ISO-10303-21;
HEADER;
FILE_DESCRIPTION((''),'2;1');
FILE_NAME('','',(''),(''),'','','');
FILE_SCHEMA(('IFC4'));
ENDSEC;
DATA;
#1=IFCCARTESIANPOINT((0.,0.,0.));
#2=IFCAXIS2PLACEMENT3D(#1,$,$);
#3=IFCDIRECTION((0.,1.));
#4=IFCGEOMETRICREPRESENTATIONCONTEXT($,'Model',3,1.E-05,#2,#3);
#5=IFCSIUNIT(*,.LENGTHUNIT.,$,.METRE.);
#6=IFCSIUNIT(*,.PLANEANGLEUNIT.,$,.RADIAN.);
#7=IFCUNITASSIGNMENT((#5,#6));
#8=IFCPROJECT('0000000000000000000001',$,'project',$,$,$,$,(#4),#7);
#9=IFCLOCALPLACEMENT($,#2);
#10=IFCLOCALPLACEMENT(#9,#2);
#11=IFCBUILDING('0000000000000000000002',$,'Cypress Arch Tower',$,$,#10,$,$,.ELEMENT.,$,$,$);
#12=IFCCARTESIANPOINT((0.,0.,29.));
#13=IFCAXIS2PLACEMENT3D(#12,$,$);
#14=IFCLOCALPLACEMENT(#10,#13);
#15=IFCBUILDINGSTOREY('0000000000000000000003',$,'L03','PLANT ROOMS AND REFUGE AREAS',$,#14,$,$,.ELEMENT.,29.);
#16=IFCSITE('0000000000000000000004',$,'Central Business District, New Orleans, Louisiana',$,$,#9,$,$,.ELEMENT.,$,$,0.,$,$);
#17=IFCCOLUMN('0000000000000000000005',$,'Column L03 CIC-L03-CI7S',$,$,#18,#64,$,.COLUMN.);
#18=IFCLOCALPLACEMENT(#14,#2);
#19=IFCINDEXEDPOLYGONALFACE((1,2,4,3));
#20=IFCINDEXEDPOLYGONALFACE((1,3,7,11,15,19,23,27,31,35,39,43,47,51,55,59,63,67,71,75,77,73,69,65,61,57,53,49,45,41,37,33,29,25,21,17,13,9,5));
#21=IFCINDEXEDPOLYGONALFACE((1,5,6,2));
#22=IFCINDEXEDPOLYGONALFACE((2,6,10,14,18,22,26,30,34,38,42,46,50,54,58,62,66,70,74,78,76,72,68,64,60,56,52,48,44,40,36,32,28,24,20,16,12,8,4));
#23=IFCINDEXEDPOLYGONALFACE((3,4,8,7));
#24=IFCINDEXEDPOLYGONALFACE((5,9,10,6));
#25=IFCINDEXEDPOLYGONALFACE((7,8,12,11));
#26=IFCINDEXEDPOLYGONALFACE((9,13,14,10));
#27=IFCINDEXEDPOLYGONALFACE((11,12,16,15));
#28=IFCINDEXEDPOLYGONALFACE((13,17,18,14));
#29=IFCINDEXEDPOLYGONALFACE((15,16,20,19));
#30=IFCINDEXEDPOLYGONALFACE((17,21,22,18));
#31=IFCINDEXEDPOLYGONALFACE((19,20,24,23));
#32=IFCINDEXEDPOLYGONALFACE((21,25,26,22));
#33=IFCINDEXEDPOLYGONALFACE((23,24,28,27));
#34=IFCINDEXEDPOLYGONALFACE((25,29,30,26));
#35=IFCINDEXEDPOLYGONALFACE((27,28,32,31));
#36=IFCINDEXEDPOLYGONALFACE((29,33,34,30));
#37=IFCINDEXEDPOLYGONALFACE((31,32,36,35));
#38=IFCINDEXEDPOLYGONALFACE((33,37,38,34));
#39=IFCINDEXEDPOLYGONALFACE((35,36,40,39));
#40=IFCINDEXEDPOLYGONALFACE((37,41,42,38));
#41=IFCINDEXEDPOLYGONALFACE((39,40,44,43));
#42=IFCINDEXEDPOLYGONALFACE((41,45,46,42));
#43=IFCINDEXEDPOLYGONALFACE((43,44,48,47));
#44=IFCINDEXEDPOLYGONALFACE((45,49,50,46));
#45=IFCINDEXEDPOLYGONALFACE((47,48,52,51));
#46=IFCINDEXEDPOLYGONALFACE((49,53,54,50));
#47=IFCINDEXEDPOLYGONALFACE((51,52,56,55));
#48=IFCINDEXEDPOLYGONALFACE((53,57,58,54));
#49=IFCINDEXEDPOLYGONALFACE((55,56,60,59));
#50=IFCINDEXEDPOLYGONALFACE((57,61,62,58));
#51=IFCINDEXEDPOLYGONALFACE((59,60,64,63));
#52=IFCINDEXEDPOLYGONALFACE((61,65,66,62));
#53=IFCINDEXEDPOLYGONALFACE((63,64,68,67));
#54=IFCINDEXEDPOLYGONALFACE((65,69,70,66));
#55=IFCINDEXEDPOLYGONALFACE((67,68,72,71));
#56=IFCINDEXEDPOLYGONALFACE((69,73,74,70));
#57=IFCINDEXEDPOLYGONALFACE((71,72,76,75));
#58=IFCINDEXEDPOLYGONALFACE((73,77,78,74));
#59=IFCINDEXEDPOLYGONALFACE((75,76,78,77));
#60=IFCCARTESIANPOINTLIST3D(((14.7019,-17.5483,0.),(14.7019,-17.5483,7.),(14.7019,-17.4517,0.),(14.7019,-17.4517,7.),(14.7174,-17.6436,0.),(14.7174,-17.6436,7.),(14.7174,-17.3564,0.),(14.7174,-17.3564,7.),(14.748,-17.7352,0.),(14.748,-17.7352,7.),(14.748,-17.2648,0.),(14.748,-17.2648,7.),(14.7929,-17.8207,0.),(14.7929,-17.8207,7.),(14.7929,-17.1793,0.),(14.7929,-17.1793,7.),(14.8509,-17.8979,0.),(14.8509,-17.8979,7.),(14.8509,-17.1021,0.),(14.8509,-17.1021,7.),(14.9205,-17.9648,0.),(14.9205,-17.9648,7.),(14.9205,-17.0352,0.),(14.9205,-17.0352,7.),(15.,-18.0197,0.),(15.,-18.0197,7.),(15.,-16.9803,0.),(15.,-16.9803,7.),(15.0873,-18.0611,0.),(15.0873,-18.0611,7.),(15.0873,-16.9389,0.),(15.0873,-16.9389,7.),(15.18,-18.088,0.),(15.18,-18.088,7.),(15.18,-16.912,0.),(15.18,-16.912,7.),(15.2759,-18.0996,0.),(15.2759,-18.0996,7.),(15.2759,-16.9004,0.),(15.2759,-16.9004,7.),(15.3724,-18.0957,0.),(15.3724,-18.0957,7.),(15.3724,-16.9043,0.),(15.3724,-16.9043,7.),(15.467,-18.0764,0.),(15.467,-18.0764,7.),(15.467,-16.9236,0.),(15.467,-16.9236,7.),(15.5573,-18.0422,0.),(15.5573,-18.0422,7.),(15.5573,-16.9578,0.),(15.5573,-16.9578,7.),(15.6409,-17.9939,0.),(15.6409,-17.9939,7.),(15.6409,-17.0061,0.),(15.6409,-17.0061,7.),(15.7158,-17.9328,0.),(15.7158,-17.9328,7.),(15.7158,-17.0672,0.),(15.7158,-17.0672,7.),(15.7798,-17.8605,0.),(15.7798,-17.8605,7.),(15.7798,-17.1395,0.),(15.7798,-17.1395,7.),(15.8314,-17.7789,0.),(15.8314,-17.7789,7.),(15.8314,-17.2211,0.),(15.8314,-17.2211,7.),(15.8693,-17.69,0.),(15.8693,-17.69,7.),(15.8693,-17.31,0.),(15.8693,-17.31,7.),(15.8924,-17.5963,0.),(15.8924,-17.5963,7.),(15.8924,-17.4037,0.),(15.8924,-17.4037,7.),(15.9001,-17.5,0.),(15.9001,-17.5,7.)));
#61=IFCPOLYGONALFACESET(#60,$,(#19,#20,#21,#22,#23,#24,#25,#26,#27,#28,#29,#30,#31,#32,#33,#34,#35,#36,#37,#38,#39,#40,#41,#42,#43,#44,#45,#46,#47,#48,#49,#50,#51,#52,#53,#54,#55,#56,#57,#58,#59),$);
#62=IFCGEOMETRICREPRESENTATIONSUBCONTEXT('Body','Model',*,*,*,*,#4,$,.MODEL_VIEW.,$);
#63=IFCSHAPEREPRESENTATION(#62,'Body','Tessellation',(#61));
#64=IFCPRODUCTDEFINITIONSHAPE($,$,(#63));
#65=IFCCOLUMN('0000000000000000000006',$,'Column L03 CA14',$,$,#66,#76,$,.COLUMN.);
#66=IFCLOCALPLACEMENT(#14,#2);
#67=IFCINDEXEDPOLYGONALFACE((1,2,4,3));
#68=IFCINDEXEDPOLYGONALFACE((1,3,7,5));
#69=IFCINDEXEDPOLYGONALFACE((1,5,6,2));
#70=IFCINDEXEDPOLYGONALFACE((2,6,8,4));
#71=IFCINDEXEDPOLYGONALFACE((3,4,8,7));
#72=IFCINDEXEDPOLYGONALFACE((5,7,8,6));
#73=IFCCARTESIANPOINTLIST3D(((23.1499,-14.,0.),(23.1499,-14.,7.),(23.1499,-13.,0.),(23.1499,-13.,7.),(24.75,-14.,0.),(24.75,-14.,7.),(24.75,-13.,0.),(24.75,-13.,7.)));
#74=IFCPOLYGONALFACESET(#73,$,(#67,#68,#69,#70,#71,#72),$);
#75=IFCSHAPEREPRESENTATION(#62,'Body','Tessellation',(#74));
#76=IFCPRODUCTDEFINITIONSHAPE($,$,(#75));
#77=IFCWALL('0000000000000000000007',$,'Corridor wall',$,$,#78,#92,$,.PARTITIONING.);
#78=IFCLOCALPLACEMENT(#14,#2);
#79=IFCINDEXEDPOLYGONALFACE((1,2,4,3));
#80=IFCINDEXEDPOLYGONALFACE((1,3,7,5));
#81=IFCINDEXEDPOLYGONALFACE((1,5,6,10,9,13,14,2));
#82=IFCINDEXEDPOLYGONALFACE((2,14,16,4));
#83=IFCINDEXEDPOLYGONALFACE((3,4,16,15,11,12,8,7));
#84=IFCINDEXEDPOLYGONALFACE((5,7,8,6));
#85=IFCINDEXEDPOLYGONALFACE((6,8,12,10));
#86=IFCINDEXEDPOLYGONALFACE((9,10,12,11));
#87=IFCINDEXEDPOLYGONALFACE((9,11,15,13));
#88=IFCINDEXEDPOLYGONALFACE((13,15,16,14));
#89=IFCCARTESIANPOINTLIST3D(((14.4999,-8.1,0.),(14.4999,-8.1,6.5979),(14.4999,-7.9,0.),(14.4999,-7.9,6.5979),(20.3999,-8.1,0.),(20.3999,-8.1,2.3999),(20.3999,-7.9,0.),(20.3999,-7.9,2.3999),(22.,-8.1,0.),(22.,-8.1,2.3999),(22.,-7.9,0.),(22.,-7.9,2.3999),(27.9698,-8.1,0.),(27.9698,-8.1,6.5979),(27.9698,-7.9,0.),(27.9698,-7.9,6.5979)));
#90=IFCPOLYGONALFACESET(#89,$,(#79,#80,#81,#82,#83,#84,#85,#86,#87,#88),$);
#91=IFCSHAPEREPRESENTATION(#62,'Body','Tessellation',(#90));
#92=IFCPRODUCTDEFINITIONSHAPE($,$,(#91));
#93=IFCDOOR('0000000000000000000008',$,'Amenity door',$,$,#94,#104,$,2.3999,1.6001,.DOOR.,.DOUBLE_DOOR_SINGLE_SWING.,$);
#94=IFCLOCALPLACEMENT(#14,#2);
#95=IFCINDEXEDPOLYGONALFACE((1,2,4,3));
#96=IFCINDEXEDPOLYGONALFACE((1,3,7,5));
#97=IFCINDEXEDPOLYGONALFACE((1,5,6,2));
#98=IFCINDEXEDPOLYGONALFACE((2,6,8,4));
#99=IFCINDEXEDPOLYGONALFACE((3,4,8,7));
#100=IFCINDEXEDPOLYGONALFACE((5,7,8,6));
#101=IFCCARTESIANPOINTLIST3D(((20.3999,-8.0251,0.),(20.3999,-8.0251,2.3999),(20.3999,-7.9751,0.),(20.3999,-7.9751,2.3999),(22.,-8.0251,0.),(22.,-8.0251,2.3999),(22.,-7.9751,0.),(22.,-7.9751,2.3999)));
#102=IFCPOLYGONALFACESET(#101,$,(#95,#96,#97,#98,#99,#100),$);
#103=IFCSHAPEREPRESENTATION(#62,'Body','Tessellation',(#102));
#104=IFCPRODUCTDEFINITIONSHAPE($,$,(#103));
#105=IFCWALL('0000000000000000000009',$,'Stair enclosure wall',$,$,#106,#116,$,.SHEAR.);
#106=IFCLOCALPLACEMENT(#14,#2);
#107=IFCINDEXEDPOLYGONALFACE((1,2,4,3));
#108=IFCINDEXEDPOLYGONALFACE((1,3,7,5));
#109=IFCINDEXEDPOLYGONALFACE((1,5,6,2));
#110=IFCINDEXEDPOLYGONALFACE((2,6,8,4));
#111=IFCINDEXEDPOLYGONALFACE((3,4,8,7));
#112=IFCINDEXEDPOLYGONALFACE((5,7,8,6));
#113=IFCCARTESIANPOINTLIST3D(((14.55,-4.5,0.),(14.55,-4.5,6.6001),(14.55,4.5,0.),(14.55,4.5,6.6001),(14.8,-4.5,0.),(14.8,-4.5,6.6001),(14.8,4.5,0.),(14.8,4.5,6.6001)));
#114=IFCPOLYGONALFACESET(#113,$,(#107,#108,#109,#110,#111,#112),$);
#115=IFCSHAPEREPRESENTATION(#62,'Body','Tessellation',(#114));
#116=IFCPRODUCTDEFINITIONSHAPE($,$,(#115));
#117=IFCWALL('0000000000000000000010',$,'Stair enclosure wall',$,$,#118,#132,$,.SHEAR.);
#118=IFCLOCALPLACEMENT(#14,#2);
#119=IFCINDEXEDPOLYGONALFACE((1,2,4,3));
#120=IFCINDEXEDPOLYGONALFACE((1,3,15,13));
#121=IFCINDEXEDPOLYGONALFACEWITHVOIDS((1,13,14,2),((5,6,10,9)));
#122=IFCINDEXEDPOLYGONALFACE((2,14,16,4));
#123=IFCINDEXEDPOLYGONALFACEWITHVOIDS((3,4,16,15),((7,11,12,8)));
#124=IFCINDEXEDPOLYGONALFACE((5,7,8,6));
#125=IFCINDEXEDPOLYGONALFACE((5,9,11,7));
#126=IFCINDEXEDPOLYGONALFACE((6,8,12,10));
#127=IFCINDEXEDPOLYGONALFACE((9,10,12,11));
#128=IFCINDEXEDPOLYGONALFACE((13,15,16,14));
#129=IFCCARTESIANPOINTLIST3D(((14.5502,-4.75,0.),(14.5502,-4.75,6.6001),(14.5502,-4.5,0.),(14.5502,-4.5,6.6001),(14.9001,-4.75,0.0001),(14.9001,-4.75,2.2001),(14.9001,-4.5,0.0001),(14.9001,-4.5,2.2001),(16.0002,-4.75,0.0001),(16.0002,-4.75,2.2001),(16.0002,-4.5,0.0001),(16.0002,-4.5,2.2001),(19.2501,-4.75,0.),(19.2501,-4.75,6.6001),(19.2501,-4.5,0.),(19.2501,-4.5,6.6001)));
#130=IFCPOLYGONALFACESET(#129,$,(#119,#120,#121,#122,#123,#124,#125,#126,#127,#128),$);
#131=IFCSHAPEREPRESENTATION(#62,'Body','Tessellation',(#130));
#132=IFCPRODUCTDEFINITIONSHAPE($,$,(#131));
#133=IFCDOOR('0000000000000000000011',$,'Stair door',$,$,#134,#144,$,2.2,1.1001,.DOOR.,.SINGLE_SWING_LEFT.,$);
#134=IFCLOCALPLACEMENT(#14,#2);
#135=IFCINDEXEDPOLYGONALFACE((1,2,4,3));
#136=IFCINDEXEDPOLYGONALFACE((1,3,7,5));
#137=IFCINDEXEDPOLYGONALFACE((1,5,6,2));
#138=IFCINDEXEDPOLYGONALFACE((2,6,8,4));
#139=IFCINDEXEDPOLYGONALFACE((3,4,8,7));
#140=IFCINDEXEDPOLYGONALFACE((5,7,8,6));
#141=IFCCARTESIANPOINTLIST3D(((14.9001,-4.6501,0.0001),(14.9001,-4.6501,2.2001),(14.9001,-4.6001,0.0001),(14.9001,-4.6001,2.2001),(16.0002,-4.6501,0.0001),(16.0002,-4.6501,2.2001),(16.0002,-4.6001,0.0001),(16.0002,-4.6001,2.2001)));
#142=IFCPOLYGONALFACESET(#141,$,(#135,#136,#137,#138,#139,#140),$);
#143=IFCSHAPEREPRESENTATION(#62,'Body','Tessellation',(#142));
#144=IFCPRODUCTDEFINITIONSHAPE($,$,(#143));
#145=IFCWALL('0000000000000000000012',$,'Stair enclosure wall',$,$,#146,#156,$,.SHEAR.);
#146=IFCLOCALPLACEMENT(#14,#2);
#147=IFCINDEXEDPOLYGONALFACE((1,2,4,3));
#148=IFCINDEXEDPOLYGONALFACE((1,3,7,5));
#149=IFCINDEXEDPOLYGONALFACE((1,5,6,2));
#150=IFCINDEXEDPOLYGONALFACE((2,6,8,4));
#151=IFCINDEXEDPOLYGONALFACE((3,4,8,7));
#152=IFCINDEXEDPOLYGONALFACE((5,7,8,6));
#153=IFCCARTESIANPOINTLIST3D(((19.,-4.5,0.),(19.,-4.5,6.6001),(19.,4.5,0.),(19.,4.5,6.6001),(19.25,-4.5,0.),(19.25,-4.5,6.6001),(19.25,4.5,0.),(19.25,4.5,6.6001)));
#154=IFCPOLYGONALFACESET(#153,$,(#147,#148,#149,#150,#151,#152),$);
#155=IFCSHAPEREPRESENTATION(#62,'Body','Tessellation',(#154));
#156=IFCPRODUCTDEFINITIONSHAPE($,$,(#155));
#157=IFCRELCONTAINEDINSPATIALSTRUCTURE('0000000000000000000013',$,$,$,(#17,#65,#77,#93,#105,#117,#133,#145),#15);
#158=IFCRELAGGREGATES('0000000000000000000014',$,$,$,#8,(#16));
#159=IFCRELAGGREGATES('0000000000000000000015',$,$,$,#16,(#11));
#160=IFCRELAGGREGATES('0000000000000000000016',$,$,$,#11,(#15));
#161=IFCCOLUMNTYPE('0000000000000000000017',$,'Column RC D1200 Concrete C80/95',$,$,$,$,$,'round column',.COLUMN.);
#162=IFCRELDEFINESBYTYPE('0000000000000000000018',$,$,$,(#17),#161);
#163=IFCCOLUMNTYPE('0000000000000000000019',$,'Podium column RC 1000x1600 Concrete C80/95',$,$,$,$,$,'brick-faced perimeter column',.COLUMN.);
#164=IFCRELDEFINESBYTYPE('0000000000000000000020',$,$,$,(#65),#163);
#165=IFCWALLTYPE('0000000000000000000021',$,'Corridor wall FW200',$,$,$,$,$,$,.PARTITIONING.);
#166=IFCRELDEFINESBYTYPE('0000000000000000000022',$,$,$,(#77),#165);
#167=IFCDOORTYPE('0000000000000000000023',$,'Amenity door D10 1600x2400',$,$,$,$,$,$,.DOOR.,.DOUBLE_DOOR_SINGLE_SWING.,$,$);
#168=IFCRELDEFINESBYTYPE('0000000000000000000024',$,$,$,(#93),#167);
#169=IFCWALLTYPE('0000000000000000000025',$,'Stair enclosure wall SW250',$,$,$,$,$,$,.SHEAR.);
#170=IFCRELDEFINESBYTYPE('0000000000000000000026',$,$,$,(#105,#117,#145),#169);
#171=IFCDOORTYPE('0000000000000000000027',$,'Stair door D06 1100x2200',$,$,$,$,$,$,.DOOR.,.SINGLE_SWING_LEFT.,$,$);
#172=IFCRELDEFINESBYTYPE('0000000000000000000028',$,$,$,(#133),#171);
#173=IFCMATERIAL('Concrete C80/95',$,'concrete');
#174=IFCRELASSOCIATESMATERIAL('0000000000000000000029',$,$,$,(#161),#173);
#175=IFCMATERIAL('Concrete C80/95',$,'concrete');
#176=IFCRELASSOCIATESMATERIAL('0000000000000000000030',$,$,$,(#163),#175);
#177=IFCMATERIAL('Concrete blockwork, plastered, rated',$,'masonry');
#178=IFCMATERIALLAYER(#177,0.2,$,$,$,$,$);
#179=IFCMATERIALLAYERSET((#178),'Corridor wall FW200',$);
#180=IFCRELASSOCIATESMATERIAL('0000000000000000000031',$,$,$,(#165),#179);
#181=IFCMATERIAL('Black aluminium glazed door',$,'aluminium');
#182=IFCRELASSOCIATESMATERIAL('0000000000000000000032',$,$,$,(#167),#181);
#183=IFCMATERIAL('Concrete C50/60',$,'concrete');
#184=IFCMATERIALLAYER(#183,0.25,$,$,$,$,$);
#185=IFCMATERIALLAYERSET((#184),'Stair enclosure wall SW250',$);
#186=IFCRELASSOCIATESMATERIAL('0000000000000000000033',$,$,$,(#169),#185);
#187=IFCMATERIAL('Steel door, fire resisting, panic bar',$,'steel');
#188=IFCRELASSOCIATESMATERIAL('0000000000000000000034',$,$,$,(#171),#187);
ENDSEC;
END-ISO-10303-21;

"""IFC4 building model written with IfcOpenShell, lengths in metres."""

from ifc_helpers import new_model, si_unit, direction, frame, frame_2d, origin, origin_2d, place, context, subcontext, project, spatial, rectangle, circle, extrude, material, layer, layer_set, material_profile, profile_set, type_object, element, fill, save


model = new_model("IFC4")

# Units and contexts
model_context = context("Model", 3, precision=1e-05, world=origin(), true_north=direction((0.0, 1.0)))
body_context = subcontext(model_context, "Body", "Model", "MODEL_VIEW")
ifc_project = project(units=[si_unit("LENGTHUNIT", "METRE"), si_unit("PLANEANGLEUNIT", "RADIAN")], contexts=[model_context])

# Site, building, storey
site_placement = place(None, origin())
site = spatial("IfcSite", under=ifc_project, at=site_placement, Name="Central Business District, New Orleans, Louisiana", CompositionType="ELEMENT", RefElevation=0.0)
building_placement = place(site_placement, origin())
building = spatial("IfcBuilding", under=site, at=building_placement, Name="Cypress Arch Tower", CompositionType="ELEMENT")
storey_placement = place(building_placement, frame((0.0, 0.0, 29.0)))
storey = spatial("IfcBuildingStorey", under=building, at=storey_placement, Name="L03", Description="PLANT ROOMS AND REFUGE AREAS", CompositionType="ELEMENT", Elevation=29.0)

# Columns
ifc_material_1 = material(Name="Concrete C80/95", Category="concrete")
ifc_material_profile_1 = material_profile(ifc_material_1, circle(Radius=0.6001, at=origin_2d()), Name="RC D1200")
ifc_profile_set_1 = profile_set([ifc_material_profile_1], Name="Concrete C80/95")
column_type_1 = type_object("IfcColumnType", Name="Column RC D1200 Concrete C80/95", ElementType="round column", PredefinedType="COLUMN", material=ifc_profile_set_1)
column_1_placement = place(storey_placement, frame((15.3, -17.5, 0.0), z_axis=(0.0, 0.0, 1.0), x_axis=(1.0, 0.0, 0.0)))
element("IfcColumn", 1, at=column_1_placement, inside=storey, type_object=column_type_1, Name="Column L03 CIC-L03-CI7S", PredefinedType="COLUMN", context=body_context, shape_type="SweptSolid", body=[
    extrude(circle(Radius=0.6001, at=origin_2d()), origin(), (0.0, 0.0, 1.0), 7.0),
])
ifc_material_2 = material(Name="Concrete C80/95", Category="concrete")
ifc_material_profile_2 = material_profile(ifc_material_2, rectangle(XDim=1.0, YDim=1.6001, at=origin_2d()), Name="RC 1000x1600")
ifc_profile_set_2 = profile_set([ifc_material_profile_2], Name="Concrete C80/95")
column_type_2 = type_object("IfcColumnType", Name="Podium column RC 1000x1600 Concrete C80/95", ElementType="brick-faced perimeter column", PredefinedType="COLUMN", material=ifc_profile_set_2)
column_2_placement = place(storey_placement, frame((23.95, -13.5, 0.0), z_axis=(0.0, 0.0, 1.0), x_axis=(0.0, 1.0, 0.0)))
element("IfcColumn", 2, at=column_2_placement, inside=storey, type_object=column_type_2, Name="Column L03 CA14", PredefinedType="COLUMN", context=body_context, shape_type="SweptSolid", body=[
    extrude(rectangle(XDim=1.0, YDim=1.6001, at=origin_2d()), origin(), (0.0, 0.0, 1.0), 7.0),
])

# Wall, opening, door
ifc_material_3 = material(Name="Concrete blockwork, plastered, rated", Category="masonry")
ifc_layer_1 = layer(ifc_material_3, 0.2)
ifc_layer_set_1 = layer_set([ifc_layer_1], Name="Corridor wall FW200")
wall_type_1 = type_object("IfcWallType", Name="Corridor wall FW200", PredefinedType="PARTITIONING", material=ifc_layer_set_1)
wall_1_placement = place(storey_placement, frame((14.5, -8.0, 0.0), z_axis=(0.0, 0.0, 1.0), x_axis=(1.0, 0.0, 0.0)))
wall_1 = element("IfcWall", 3, at=wall_1_placement, inside=storey, type_object=wall_type_1, Name="Corridor wall", PredefinedType="PARTITIONING", context=body_context, shape_type="SweptSolid", body=[
    extrude(rectangle(XDim=13.47, YDim=0.2, at=frame_2d((6.7349, 0.0))), origin(), (0.0, 0.0, 1.0), 6.5979),
])
opening_1_placement = place(wall_1_placement, frame((5.8999, 0.0, 0.0)))
opening_1 = element("IfcOpeningElement", 4, at=opening_1_placement, cuts=wall_1, PredefinedType="OPENING", context=body_context, shape_type="SweptSolid", body=[
    extrude(rectangle(XDim=1.6001, YDim=2.3999, at=frame_2d((0.8, 1.2))), frame((0.0, 0.1099, 0.0), z_axis=(0.0, -1.0, 0.0), x_axis=(1.0, 0.0, 0.0)), (0.0, 0.0, 1.0), 0.22),
])
ifc_material_4 = material(Name="Black aluminium glazed door", Category="aluminium")
door_type_1 = type_object("IfcDoorType", Name="Amenity door D10 1600x2400", OperationType="DOUBLE_DOOR_SINGLE_SWING", PredefinedType="DOOR", material=ifc_material_4)
door_1_placement = place(opening_1_placement, origin())
door_1 = element("IfcDoor", 5, at=door_1_placement, inside=storey, type_object=door_type_1, Name="Amenity door", OperationType="DOUBLE_DOOR_SINGLE_SWING", OverallHeight=2.3999, OverallWidth=1.6001, PredefinedType="DOOR", context=body_context, shape_type="SweptSolid", body=[
    extrude(rectangle(XDim=1.6001, YDim=2.3999, at=frame_2d((0.8, 1.2))), frame((0.0, 0.0249, 0.0), z_axis=(0.0, -1.0, 0.0), x_axis=(1.0, 0.0, 0.0)), (0.0, 0.0, 1.0), 0.05),
])
fill(opening_1, door_1)

# Wall
ifc_material_5 = material(Name="Concrete C50/60", Category="concrete")
ifc_layer_2 = layer(ifc_material_5, 0.25)
ifc_layer_set_2 = layer_set([ifc_layer_2], Name="Stair enclosure wall SW250")
wall_type_2 = type_object("IfcWallType", Name="Stair enclosure wall SW250", PredefinedType="SHEAR", material=ifc_layer_set_2)
wall_2_placement = place(storey_placement, frame((14.675, -4.5, 0.0), z_axis=(0.0, 0.0, 1.0), x_axis=(0.0, 1.0, 0.0)))
element("IfcWall", 6, at=wall_2_placement, inside=storey, type_object=wall_type_2, Name="Stair enclosure wall", PredefinedType="SHEAR", context=body_context, shape_type="SweptSolid", body=[
    extrude(rectangle(XDim=9.0, YDim=0.25, at=frame_2d((4.5, 0.0))), origin(), (0.0, 0.0, 1.0), 6.6001),
])

# Wall, opening, door
wall_3_placement = place(storey_placement, frame((14.55, -4.625, 0.0), z_axis=(0.0, 0.0, 1.0), x_axis=(1.0, 0.0, 0.0)))
wall_3 = element("IfcWall", 7, at=wall_3_placement, inside=storey, type_object=wall_type_2, Name="Stair enclosure wall", PredefinedType="SHEAR", context=body_context, shape_type="SweptSolid", body=[
    extrude(rectangle(XDim=4.7, YDim=0.25, at=frame_2d((2.3501, 0.0))), origin(), (0.0, 0.0, 1.0), 6.6001),
])
opening_2_placement = place(wall_3_placement, frame((0.3501, 0.0, 0.0)))
opening_2 = element("IfcOpeningElement", 8, at=opening_2_placement, cuts=wall_3, PredefinedType="OPENING", context=body_context, shape_type="SweptSolid", body=[
    extrude(rectangle(XDim=1.1001, YDim=2.2, at=frame_2d((0.55, 1.1001))), frame((0.0, 0.135, 0.0), z_axis=(0.0, -1.0, 0.0), x_axis=(1.0, 0.0, 0.0)), (0.0, 0.0, 1.0), 0.27),
])
ifc_material_6 = material(Name="Steel door, fire resisting, panic bar", Category="steel")
door_type_2 = type_object("IfcDoorType", Name="Stair door D06 1100x2200", OperationType="SINGLE_SWING_LEFT", PredefinedType="DOOR", material=ifc_material_6)
door_2_placement = place(opening_2_placement, origin())
door_2 = element("IfcDoor", 9, at=door_2_placement, inside=storey, type_object=door_type_2, Name="Stair door", OperationType="SINGLE_SWING_LEFT", OverallHeight=2.2, OverallWidth=1.1001, PredefinedType="DOOR", context=body_context, shape_type="SweptSolid", body=[
    extrude(rectangle(XDim=1.1001, YDim=2.2, at=frame_2d((0.55, 1.1001))), frame((0.0, 0.0249, 0.0), z_axis=(0.0, -1.0, 0.0), x_axis=(1.0, 0.0, 0.0)), (0.0, 0.0, 1.0), 0.05),
])
fill(opening_2, door_2)

# Wall
wall_4_placement = place(storey_placement, frame((19.125, -4.5, 0.0), z_axis=(0.0, 0.0, 1.0), x_axis=(0.0, 1.0, 0.0)))
element("IfcWall", 10, at=wall_4_placement, inside=storey, type_object=wall_type_2, Name="Stair enclosure wall", PredefinedType="SHEAR", context=body_context, shape_type="SweptSolid", body=[
    extrude(rectangle(XDim=9.0, YDim=0.25, at=frame_2d((4.5, 0.0))), origin(), (0.0, 0.0, 1.0), 6.6001),
])

save(model, "model.ifc")
